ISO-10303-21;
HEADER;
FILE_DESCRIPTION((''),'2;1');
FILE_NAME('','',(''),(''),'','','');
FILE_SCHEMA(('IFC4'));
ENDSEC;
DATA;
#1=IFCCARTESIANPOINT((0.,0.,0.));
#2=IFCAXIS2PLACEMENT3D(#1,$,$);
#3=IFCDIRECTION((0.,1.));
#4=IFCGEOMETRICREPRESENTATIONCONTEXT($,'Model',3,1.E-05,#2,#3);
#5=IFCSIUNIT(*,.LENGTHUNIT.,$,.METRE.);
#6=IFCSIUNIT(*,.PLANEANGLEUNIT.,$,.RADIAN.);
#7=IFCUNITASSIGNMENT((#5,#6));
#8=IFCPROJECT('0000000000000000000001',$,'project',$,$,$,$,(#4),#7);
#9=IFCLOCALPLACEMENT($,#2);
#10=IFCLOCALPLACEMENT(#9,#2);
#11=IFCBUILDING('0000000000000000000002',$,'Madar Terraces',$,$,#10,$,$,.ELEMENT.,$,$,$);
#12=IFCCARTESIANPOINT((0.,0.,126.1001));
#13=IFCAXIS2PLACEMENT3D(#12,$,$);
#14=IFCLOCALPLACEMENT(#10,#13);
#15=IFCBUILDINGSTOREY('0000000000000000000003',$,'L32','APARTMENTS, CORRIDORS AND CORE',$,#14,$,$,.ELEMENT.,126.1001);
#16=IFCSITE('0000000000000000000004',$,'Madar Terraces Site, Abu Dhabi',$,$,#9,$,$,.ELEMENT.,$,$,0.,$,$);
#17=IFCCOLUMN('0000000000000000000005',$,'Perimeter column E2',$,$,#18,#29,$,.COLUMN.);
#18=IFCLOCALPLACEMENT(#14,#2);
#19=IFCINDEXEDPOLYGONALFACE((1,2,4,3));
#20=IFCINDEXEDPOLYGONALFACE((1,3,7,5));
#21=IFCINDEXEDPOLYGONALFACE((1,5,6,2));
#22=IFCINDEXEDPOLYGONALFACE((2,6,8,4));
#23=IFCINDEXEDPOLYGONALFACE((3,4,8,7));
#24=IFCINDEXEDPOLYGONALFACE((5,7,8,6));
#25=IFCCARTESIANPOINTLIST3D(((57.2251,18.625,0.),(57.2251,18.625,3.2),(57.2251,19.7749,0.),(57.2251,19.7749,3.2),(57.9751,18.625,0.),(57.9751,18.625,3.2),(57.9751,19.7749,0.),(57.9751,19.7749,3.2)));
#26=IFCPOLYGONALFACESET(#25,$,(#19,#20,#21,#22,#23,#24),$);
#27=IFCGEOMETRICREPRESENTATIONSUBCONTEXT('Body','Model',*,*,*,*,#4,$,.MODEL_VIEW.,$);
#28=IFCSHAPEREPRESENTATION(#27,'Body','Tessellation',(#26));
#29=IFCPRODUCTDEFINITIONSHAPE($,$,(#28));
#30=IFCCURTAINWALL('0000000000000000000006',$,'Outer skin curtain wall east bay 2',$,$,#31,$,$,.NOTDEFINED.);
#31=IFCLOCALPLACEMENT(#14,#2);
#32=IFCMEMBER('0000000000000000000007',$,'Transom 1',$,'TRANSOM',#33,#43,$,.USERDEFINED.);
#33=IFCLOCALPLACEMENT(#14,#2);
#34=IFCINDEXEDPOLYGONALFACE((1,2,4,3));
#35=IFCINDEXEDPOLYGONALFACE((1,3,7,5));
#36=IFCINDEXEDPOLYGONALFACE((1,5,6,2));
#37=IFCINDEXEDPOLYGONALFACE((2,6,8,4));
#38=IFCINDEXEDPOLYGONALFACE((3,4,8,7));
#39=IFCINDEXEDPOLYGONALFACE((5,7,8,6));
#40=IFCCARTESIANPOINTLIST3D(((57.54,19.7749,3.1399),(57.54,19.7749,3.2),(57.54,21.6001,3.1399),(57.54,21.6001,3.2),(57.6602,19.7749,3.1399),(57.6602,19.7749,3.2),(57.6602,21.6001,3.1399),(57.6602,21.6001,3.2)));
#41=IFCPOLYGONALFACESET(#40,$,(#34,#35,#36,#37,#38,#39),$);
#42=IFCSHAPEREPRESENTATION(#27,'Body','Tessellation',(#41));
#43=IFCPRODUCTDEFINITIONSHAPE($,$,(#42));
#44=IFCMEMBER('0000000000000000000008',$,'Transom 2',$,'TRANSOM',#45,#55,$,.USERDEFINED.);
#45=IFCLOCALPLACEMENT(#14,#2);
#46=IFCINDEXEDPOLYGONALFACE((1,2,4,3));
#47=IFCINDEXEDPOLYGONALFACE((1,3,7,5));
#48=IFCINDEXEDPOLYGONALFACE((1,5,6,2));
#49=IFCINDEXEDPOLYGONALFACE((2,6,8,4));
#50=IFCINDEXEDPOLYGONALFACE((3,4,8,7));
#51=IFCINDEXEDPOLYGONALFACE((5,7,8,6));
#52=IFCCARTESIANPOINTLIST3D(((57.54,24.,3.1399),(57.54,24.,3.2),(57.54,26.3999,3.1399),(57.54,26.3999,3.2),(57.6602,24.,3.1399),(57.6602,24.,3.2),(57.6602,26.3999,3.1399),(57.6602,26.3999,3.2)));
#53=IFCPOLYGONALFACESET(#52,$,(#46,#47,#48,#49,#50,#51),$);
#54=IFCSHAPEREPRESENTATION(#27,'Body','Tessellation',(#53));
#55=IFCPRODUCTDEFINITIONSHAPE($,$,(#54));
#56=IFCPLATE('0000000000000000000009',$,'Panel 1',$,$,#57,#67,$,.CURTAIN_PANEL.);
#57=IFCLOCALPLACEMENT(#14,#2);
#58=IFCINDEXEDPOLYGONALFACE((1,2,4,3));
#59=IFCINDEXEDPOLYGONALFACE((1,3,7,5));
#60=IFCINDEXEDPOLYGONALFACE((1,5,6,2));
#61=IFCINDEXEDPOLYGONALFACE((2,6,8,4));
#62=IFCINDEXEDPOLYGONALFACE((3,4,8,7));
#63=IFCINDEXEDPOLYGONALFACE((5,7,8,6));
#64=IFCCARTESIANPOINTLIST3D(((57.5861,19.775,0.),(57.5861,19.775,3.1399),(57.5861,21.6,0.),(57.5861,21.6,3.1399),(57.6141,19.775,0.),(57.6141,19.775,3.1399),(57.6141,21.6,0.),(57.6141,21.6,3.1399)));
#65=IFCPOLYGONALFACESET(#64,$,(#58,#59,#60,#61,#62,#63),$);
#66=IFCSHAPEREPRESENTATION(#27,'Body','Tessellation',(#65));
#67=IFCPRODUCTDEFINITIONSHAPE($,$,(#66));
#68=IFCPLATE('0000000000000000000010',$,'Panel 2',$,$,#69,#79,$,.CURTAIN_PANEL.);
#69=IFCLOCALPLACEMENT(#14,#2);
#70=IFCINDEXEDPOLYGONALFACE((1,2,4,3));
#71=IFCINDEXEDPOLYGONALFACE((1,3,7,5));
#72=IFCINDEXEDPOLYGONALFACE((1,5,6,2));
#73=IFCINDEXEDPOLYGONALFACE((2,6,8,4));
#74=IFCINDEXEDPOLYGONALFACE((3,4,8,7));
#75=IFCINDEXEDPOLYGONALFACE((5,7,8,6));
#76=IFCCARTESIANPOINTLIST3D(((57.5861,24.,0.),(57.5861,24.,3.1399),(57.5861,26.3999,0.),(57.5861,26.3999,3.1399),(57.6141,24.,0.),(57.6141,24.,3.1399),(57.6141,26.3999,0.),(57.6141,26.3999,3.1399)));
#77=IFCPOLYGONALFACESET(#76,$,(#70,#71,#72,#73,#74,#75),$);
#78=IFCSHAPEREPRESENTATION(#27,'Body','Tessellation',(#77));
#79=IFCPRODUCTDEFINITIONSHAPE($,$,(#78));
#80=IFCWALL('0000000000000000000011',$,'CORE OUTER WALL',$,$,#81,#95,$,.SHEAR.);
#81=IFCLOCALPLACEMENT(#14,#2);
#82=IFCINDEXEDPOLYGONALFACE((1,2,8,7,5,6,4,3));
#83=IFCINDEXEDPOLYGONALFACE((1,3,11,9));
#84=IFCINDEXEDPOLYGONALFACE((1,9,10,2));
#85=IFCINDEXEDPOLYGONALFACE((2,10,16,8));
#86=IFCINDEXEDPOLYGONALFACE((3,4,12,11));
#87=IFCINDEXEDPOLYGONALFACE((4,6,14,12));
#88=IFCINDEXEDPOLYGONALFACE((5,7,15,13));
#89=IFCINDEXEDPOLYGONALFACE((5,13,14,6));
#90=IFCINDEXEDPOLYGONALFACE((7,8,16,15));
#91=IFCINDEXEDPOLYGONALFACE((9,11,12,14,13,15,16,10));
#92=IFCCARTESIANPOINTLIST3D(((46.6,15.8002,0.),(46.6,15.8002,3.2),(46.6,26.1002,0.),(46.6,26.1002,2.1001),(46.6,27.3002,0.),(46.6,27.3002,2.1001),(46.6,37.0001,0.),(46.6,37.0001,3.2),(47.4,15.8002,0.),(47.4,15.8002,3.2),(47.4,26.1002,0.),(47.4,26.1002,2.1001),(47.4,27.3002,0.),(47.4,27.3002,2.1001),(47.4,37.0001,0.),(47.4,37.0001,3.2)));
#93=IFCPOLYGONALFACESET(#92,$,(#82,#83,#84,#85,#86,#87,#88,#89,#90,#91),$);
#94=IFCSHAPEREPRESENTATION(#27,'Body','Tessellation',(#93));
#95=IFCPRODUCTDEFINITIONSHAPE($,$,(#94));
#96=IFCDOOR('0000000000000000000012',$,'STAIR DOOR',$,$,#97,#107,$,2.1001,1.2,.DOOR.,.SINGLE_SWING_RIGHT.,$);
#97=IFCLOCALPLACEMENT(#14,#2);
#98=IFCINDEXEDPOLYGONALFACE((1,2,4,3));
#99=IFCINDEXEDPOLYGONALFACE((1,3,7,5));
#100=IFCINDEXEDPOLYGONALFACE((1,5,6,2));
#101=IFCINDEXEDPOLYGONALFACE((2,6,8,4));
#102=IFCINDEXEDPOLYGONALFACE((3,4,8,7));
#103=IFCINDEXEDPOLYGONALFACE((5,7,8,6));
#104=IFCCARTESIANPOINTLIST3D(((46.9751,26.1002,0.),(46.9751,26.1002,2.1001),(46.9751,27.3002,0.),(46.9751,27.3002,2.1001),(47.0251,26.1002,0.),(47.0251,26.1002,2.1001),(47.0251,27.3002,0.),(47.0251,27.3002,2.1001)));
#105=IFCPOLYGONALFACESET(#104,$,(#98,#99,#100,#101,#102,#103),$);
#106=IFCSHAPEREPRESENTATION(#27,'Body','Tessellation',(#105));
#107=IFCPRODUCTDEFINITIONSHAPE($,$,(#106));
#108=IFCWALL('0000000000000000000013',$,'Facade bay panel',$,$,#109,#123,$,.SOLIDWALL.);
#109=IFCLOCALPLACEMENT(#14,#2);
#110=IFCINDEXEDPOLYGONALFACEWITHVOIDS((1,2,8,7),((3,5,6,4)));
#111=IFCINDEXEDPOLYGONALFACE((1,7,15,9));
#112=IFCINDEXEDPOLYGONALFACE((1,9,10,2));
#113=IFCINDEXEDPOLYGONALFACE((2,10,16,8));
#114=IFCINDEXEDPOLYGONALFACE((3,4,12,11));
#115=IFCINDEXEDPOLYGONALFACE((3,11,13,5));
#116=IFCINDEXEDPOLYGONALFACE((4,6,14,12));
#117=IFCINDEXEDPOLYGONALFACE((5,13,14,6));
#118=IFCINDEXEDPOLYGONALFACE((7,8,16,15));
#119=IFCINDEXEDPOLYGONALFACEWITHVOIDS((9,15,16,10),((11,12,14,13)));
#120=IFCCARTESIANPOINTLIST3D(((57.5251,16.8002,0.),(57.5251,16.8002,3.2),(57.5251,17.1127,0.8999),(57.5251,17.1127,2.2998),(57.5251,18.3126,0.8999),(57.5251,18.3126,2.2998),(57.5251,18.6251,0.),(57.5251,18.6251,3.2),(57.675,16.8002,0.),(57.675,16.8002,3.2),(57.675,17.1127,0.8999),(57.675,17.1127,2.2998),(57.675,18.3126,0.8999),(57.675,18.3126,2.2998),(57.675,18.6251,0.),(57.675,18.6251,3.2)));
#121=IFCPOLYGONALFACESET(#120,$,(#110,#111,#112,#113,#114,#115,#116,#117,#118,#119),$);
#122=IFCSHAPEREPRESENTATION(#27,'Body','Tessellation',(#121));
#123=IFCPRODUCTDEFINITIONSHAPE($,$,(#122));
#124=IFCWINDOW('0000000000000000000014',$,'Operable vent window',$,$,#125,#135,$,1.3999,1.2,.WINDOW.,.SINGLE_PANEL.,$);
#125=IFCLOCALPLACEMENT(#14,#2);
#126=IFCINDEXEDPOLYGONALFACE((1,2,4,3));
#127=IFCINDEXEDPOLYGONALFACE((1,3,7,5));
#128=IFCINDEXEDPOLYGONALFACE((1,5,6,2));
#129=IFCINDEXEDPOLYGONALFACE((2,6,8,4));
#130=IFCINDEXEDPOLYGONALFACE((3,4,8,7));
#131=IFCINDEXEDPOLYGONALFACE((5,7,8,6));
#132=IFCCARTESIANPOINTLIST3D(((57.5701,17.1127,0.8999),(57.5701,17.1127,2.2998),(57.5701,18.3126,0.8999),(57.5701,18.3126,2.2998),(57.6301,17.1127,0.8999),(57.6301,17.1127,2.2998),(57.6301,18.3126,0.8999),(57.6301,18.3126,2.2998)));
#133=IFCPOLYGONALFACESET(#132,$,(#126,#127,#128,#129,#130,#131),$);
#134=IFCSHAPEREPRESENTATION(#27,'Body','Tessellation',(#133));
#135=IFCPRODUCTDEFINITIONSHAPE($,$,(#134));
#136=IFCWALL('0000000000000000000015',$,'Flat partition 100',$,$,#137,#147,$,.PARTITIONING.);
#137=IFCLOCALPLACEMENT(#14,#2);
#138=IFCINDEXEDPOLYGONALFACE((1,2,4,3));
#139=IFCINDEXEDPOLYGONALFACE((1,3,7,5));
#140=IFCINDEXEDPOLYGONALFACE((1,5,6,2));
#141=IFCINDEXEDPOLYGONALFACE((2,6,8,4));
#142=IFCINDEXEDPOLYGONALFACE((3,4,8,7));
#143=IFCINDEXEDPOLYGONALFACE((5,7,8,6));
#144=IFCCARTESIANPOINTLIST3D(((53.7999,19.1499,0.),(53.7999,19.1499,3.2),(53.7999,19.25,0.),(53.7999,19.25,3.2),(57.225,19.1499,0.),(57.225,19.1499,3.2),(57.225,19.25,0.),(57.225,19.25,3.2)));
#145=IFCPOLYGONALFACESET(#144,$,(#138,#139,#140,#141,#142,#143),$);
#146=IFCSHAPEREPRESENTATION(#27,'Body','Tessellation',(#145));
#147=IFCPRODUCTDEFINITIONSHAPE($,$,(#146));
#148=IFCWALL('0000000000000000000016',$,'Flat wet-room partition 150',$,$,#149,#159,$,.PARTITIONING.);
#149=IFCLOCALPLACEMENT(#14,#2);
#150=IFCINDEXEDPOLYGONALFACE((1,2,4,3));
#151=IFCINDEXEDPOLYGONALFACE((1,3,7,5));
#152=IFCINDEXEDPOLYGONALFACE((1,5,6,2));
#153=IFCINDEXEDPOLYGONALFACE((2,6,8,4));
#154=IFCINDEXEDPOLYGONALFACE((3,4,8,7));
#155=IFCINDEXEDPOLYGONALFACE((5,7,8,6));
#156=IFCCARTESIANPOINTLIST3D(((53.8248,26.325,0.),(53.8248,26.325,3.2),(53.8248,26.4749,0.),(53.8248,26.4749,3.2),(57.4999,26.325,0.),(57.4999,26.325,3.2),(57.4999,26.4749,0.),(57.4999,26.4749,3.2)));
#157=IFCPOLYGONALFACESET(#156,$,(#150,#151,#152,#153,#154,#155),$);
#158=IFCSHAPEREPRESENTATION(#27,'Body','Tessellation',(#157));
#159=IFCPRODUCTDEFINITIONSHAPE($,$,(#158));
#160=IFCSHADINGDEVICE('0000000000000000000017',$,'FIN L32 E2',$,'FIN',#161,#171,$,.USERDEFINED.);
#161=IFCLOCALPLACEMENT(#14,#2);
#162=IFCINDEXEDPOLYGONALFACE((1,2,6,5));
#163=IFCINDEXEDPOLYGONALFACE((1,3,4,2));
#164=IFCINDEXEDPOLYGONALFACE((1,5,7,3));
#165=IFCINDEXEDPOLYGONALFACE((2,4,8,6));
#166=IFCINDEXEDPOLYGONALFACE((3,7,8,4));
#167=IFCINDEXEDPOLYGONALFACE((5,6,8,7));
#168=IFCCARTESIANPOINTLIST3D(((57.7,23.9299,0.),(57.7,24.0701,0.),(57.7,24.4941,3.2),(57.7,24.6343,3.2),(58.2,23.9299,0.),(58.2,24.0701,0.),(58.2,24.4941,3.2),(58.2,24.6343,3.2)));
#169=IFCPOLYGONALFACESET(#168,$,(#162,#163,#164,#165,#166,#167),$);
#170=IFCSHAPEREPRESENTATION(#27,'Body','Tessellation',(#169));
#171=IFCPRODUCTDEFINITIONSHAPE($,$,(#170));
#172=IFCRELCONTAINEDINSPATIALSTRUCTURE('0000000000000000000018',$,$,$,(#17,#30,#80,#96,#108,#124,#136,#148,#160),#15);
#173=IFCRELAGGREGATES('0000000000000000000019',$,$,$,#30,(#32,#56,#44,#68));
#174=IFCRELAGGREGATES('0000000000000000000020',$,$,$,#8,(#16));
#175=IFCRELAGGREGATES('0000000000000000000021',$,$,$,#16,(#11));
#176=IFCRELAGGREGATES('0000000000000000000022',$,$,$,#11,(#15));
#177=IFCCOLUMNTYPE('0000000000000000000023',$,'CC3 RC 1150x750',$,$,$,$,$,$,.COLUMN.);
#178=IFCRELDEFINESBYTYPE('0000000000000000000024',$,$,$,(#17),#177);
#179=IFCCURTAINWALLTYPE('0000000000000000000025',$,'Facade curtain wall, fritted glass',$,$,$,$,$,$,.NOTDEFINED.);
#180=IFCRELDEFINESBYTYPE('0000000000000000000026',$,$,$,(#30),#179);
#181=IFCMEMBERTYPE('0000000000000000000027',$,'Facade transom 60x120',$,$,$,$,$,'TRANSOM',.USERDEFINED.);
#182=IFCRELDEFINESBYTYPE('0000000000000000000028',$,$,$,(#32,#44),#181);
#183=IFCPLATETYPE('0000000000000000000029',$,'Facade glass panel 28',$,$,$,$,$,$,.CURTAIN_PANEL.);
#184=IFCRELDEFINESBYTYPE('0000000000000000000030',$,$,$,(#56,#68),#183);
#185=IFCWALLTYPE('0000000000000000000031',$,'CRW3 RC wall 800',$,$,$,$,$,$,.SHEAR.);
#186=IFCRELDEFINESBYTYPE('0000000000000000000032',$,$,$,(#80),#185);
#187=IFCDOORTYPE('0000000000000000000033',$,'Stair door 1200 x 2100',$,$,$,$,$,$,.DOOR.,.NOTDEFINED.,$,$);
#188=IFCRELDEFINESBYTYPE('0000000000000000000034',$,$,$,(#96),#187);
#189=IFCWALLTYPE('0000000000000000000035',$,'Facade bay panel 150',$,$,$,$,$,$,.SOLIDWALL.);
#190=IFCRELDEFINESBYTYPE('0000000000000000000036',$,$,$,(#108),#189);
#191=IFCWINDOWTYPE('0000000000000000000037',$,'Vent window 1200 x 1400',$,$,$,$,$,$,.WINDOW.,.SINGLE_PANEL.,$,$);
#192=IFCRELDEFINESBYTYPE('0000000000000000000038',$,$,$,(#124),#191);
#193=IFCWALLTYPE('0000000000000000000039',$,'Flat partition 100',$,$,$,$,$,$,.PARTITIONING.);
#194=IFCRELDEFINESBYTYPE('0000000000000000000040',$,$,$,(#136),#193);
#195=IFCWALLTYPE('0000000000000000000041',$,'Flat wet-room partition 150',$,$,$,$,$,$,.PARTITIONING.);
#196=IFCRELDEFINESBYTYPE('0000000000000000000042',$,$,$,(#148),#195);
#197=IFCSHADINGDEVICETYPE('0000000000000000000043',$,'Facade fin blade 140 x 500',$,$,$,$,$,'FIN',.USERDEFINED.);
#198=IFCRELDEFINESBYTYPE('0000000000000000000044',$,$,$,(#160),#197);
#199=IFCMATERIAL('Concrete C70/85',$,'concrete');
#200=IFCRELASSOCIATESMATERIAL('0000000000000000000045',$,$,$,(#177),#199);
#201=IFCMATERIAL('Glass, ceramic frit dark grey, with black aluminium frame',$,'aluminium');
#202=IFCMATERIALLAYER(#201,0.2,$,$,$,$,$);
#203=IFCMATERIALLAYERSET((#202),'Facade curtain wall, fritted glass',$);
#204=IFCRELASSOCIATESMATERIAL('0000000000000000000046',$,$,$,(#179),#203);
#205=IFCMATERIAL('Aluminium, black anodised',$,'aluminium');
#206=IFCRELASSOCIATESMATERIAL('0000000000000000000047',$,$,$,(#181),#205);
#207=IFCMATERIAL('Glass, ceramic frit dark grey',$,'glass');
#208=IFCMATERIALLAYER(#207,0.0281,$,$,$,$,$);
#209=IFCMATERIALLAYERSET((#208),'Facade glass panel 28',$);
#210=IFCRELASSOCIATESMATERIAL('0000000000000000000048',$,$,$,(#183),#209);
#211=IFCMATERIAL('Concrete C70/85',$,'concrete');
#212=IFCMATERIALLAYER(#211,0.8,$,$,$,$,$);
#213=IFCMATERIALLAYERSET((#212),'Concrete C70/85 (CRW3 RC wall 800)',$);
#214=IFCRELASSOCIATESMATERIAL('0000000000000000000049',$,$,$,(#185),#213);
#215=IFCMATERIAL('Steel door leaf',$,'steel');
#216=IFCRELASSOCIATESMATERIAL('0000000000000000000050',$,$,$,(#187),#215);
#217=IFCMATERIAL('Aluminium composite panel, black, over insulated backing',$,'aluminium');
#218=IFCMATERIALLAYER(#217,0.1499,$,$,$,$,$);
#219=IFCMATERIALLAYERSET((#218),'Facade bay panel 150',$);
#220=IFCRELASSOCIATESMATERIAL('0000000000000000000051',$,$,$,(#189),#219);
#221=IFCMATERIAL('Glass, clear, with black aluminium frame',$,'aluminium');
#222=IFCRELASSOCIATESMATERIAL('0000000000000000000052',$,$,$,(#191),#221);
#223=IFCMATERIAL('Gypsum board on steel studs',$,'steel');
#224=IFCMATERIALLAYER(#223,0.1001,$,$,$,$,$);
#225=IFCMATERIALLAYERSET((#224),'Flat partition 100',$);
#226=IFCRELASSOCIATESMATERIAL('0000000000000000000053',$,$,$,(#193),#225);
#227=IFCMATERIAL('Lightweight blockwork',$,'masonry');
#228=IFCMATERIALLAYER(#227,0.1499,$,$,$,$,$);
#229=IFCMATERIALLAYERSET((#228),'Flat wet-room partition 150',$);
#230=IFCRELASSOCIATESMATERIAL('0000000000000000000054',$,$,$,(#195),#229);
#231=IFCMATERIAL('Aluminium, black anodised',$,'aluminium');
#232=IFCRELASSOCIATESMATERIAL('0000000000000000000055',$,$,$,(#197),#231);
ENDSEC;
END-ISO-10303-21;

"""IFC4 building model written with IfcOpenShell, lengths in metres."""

from ifc_helpers import new_model, si_unit, direction, frame, frame_2d, origin, origin_2d, place, context, subcontext, project, spatial, polyline, rectangle, outline, extrude, material, layer, layer_set, material_profile, profile_set, type_object, element, fill, aggregate, save


model = new_model("IFC4")

# Units and contexts
model_context = context("Model", 3, precision=1e-05, world=origin(), true_north=direction((0.0, 1.0)))
body_context = subcontext(model_context, "Body", "Model", "MODEL_VIEW")
ifc_project = project(units=[si_unit("LENGTHUNIT", "METRE"), si_unit("PLANEANGLEUNIT", "RADIAN")], contexts=[model_context])

# Site, building, storey
site_placement = place(None, origin())
site = spatial("IfcSite", under=ifc_project, at=site_placement, Name="Madar Terraces Site, Abu Dhabi", CompositionType="ELEMENT", RefElevation=0.0)
building_placement = place(site_placement, origin())
building = spatial("IfcBuilding", under=site, at=building_placement, Name="Madar Terraces", CompositionType="ELEMENT")
storey_placement = place(building_placement, frame((0.0, 0.0, 126.1001)))
storey = spatial("IfcBuildingStorey", under=building, at=storey_placement, Name="L32", Description="APARTMENTS, CORRIDORS AND CORE", CompositionType="ELEMENT", Elevation=126.1001)

# Column
ifc_material_1 = material(Name="Concrete C70/85", Category="concrete")
ifc_material_profile_1 = material_profile(ifc_material_1, rectangle(XDim=1.1499, YDim=0.75, at=origin_2d()), Name="CC3 RC 1150x750")
ifc_profile_set_1 = profile_set([ifc_material_profile_1], Name="Concrete C70/85")
column_type = type_object("IfcColumnType", Name="CC3 RC 1150x750", PredefinedType="COLUMN", material=ifc_profile_set_1)
column_placement = place(storey_placement, frame((57.6001, 19.2, 0.0), z_axis=(0.0, 0.0, 1.0), x_axis=(0.0, 1.0, 0.0)))
element("IfcColumn", 1, at=column_placement, inside=storey, type_object=column_type, Name="Perimeter column E2", PredefinedType="COLUMN", context=body_context, shape_type="SweptSolid", body=[
    extrude(rectangle(XDim=1.1499, YDim=0.75, at=origin_2d()), origin(), (0.0, 0.0, 1.0), 3.2),
])

# Curtain wall, members, plates
ifc_material_2 = material(Name="Glass, ceramic frit dark grey, with black aluminium frame", Category="aluminium")
ifc_layer_1 = layer(ifc_material_2, 0.2)
ifc_layer_set_1 = layer_set([ifc_layer_1], Name="Facade curtain wall, fritted glass")
curtain_wall_type = type_object("IfcCurtainWallType", Name="Facade curtain wall, fritted glass", PredefinedType="NOTDEFINED", material=ifc_layer_set_1)
curtain_wall_placement = place(storey_placement, origin())
curtain_wall = element("IfcCurtainWall", 2, at=curtain_wall_placement, inside=storey, type_object=curtain_wall_type, Name="Outer skin curtain wall east bay 2", PredefinedType="NOTDEFINED")
ifc_material_3 = material(Name="Aluminium, black anodised", Category="aluminium")
ifc_material_profile_2 = material_profile(ifc_material_3, rectangle(XDim=0.1201, YDim=0.0601, at=origin_2d()), Name="Facade transom 60x120")
ifc_profile_set_2 = profile_set([ifc_material_profile_2], Name="Aluminium, black anodised")
member_type = type_object("IfcMemberType", Name="Facade transom 60x120", ElementType="TRANSOM", PredefinedType="USERDEFINED", material=ifc_profile_set_2)
member_1_placement = place(storey_placement, frame((57.6001, 19.7749, 3.1699), z_axis=(0.0, 1.0, 0.0), x_axis=(-1.0, 0.0, 0.0)))
member_1 = element("IfcMember", 3, at=member_1_placement, type_object=member_type, Name="Transom 1", ObjectType="TRANSOM", PredefinedType="USERDEFINED", context=body_context, shape_type="SweptSolid", body=[
    extrude(rectangle(XDim=0.1201, YDim=0.0601, at=origin_2d()), origin(), (0.0, 0.0, 1.0), 1.8252),
])
member_2_placement = place(storey_placement, frame((57.6001, 24.0, 3.1699), z_axis=(0.0, 1.0, 0.0), x_axis=(-1.0, 0.0, 0.0)))
member_2 = element("IfcMember", 4, at=member_2_placement, type_object=member_type, Name="Transom 2", ObjectType="TRANSOM", PredefinedType="USERDEFINED", context=body_context, shape_type="SweptSolid", body=[
    extrude(rectangle(XDim=0.1201, YDim=0.0601, at=origin_2d()), origin(), (0.0, 0.0, 1.0), 2.3999),
])
ifc_material_4 = material(Name="Glass, ceramic frit dark grey", Category="glass")
ifc_layer_2 = layer(ifc_material_4, 0.0281)
ifc_layer_set_2 = layer_set([ifc_layer_2], Name="Facade glass panel 28")
plate_type = type_object("IfcPlateType", Name="Facade glass panel 28", PredefinedType="CURTAIN_PANEL", material=ifc_layer_set_2)
plate_1_placement = place(storey_placement, frame((57.6001, 20.6875, 0.0), z_axis=(0.0, 0.0, 1.0), x_axis=(0.0, 1.0, 0.0)))
plate_1 = element("IfcPlate", 5, at=plate_1_placement, type_object=plate_type, Name="Panel 1", PredefinedType="CURTAIN_PANEL", context=body_context, shape_type="SweptSolid", body=[
    extrude(rectangle(XDim=1.825, YDim=0.0281, at=origin_2d()), origin(), (0.0, 0.0, 1.0), 3.1399),
])
plate_2_placement = place(storey_placement, frame((57.6001, 25.2, 0.0), z_axis=(0.0, 0.0, 1.0), x_axis=(0.0, 1.0, 0.0)))
plate_2 = element("IfcPlate", 6, at=plate_2_placement, type_object=plate_type, Name="Panel 2", PredefinedType="CURTAIN_PANEL", context=body_context, shape_type="SweptSolid", body=[
    extrude(rectangle(XDim=2.3999, YDim=0.0281, at=origin_2d()), origin(), (0.0, 0.0, 1.0), 3.1399),
])
aggregate(curtain_wall, [member_1, plate_1, member_2, plate_2])

# Wall, opening, door
ifc_material_5 = material(Name="Concrete C70/85", Category="concrete")
ifc_layer_3 = layer(ifc_material_5, 0.8)
ifc_layer_set_3 = layer_set([ifc_layer_3], Name="Concrete C70/85 (CRW3 RC wall 800)")
wall_type_1 = type_object("IfcWallType", Name="CRW3 RC wall 800", PredefinedType="SHEAR", material=ifc_layer_set_3)
wall_1_placement = place(storey_placement, frame((47.0, 15.8, 0.0), z_axis=(0.0, 0.0, 1.0), x_axis=(0.0, 1.0, 0.0)))
wall_1 = element("IfcWall", 7, at=wall_1_placement, inside=storey, type_object=wall_type_1, Name="CORE OUTER WALL", PredefinedType="SHEAR", context=body_context, shape_type="SweptSolid", body=[
    extrude(rectangle(XDim=21.2, YDim=0.8, at=frame_2d((10.6001, 0.0))), origin(), (0.0, 0.0, 1.0), 3.2),
])
opening_1_placement = place(wall_1_placement, frame((10.3, 0.0, 0.0)))
opening_1 = element("IfcOpeningElement", 8, at=opening_1_placement, cuts=wall_1, PredefinedType="OPENING", context=body_context, shape_type="SweptSolid", body=[
    extrude(rectangle(XDim=1.2, YDim=2.1001, at=frame_2d((0.6001, 1.05))), frame((0.0, 0.4099, 0.0), z_axis=(0.0, -1.0, 0.0), x_axis=(1.0, 0.0, 0.0)), (0.0, 0.0, 1.0), 0.8201),
])
ifc_material_6 = material(Name="Steel door leaf", Category="steel")
door_type_1 = type_object("IfcDoorType", Name="Stair door 1200 x 2100", OperationType="NOTDEFINED", PredefinedType="DOOR", material=ifc_material_6)
door_1_placement = place(opening_1_placement, origin())
door_1 = element("IfcDoor", 9, at=door_1_placement, inside=storey, type_object=door_type_1, Name="STAIR DOOR", OperationType="SINGLE_SWING_RIGHT", OverallHeight=2.1001, OverallWidth=1.2, PredefinedType="DOOR", context=body_context, shape_type="SweptSolid", body=[
    extrude(rectangle(XDim=1.2, YDim=2.1001, at=frame_2d((0.6001, 1.05))), frame((0.0, 0.0249, 0.0), z_axis=(0.0, -1.0, 0.0), x_axis=(1.0, 0.0, 0.0)), (0.0, 0.0, 1.0), 0.05),
])
fill(opening_1, door_1)

# Wall, opening, window
ifc_material_7 = material(Name="Aluminium composite panel, black, over insulated backing", Category="aluminium")
ifc_layer_4 = layer(ifc_material_7, 0.1499)
ifc_layer_set_4 = layer_set([ifc_layer_4], Name="Facade bay panel 150")
wall_type_2 = type_object("IfcWallType", Name="Facade bay panel 150", PredefinedType="SOLIDWALL", material=ifc_layer_set_4)
wall_2_placement = place(storey_placement, frame((57.6001, 16.8, 0.0), z_axis=(0.0, 0.0, 1.0), x_axis=(0.0, 1.0, 0.0)))
wall_2 = element("IfcWall", 10, at=wall_2_placement, inside=storey, type_object=wall_type_2, Name="Facade bay panel", PredefinedType="SOLIDWALL", context=body_context, shape_type="SweptSolid", body=[
    extrude(rectangle(XDim=1.825, YDim=0.1499, at=frame_2d((0.9126, 0.0))), origin(), (0.0, 0.0, 1.0), 3.2),
])
opening_2_placement = place(wall_2_placement, frame((0.3125, 0.0, 0.8999)))
opening_2 = element("IfcOpeningElement", 11, at=opening_2_placement, cuts=wall_2, PredefinedType="OPENING", context=body_context, shape_type="SweptSolid", body=[
    extrude(rectangle(XDim=1.2, YDim=1.3999, at=frame_2d((0.6001, 0.7))), frame((0.0, 0.085, 0.0), z_axis=(0.0, -1.0, 0.0), x_axis=(1.0, 0.0, 0.0)), (0.0, 0.0, 1.0), 0.1699),
])
ifc_material_8 = material(Name="Glass, clear, with black aluminium frame", Category="aluminium")
window_type = type_object("IfcWindowType", Name="Vent window 1200 x 1400", PartitioningType="SINGLE_PANEL", PredefinedType="WINDOW", material=ifc_material_8)
window_placement = place(opening_2_placement, origin())
window = element("IfcWindow", 12, at=window_placement, inside=storey, type_object=window_type, Name="Operable vent window", OverallHeight=1.3999, OverallWidth=1.2, PartitioningType="SINGLE_PANEL", PredefinedType="WINDOW", context=body_context, shape_type="SweptSolid", body=[
    extrude(rectangle(XDim=1.2, YDim=1.3999, at=frame_2d((0.6001, 0.7))), frame((0.0, 0.03, 0.0), z_axis=(0.0, -1.0, 0.0), x_axis=(1.0, 0.0, 0.0)), (0.0, 0.0, 1.0), 0.0601),
])
fill(opening_2, window)

# Walls
ifc_material_9 = material(Name="Gypsum board on steel studs", Category="steel")
ifc_layer_5 = layer(ifc_material_9, 0.1001)
ifc_layer_set_5 = layer_set([ifc_layer_5], Name="Flat partition 100")
wall_type_3 = type_object("IfcWallType", Name="Flat partition 100", PredefinedType="PARTITIONING", material=ifc_layer_set_5)
wall_3_placement = place(storey_placement, frame((53.8, 19.2, 0.0), z_axis=(0.0, 0.0, 1.0), x_axis=(1.0, 0.0, 0.0)))
element("IfcWall", 13, at=wall_3_placement, inside=storey, type_object=wall_type_3, Name="Flat partition 100", PredefinedType="PARTITIONING", context=body_context, shape_type="SweptSolid", body=[
    extrude(rectangle(XDim=3.425, YDim=0.1001, at=frame_2d((1.7124, 0.0))), origin(), (0.0, 0.0, 1.0), 3.2),
])
ifc_material_10 = material(Name="Lightweight blockwork", Category="masonry")
ifc_layer_6 = layer(ifc_material_10, 0.1499)
ifc_layer_set_6 = layer_set([ifc_layer_6], Name="Flat wet-room partition 150")
wall_type_4 = type_object("IfcWallType", Name="Flat wet-room partition 150", PredefinedType="PARTITIONING", material=ifc_layer_set_6)
wall_4_placement = place(storey_placement, frame((53.825, 26.3999, 0.0), z_axis=(0.0, 0.0, 1.0), x_axis=(1.0, 0.0, 0.0)))
element("IfcWall", 14, at=wall_4_placement, inside=storey, type_object=wall_type_4, Name="Flat wet-room partition 150", PredefinedType="PARTITIONING", context=body_context, shape_type="SweptSolid", body=[
    extrude(rectangle(XDim=3.675, YDim=0.1499, at=frame_2d((1.8374, 0.0))), origin(), (0.0, 0.0, 1.0), 3.2),
])

# Shading device
ifc_material_11 = material(Name="Aluminium, black anodised", Category="aluminium")
shading_device_type = type_object("IfcShadingDeviceType", Name="Facade fin blade 140 x 500", ElementType="FIN", PredefinedType="USERDEFINED", material=ifc_material_11)
shading_device_1_placement = place(storey_placement, frame((57.95, 23.9299, 0.0), z_axis=(0.0, 0.0, 1.0), x_axis=(0.0, 1.0, 0.0)))
element("IfcShadingDevice", 15, at=shading_device_1_placement, inside=storey, type_object=shading_device_type, Name="FIN L32 E2", ObjectType="FIN", PredefinedType="USERDEFINED", context=body_context, shape_type="SweptSolid", body=[
    extrude(outline(polyline([(0.0, 0.0), (0.1401, 0.0), (0.7043, 3.2), (0.5642, 3.2), (0.0, 0.0)])), frame((0.0, 0.25, 0.0), z_axis=(0.0, -1.0, 0.0), x_axis=(1.0, 0.0, 0.0)), (0.0, 0.0, 1.0), 0.5),
])

save(model, "model.ifc")
